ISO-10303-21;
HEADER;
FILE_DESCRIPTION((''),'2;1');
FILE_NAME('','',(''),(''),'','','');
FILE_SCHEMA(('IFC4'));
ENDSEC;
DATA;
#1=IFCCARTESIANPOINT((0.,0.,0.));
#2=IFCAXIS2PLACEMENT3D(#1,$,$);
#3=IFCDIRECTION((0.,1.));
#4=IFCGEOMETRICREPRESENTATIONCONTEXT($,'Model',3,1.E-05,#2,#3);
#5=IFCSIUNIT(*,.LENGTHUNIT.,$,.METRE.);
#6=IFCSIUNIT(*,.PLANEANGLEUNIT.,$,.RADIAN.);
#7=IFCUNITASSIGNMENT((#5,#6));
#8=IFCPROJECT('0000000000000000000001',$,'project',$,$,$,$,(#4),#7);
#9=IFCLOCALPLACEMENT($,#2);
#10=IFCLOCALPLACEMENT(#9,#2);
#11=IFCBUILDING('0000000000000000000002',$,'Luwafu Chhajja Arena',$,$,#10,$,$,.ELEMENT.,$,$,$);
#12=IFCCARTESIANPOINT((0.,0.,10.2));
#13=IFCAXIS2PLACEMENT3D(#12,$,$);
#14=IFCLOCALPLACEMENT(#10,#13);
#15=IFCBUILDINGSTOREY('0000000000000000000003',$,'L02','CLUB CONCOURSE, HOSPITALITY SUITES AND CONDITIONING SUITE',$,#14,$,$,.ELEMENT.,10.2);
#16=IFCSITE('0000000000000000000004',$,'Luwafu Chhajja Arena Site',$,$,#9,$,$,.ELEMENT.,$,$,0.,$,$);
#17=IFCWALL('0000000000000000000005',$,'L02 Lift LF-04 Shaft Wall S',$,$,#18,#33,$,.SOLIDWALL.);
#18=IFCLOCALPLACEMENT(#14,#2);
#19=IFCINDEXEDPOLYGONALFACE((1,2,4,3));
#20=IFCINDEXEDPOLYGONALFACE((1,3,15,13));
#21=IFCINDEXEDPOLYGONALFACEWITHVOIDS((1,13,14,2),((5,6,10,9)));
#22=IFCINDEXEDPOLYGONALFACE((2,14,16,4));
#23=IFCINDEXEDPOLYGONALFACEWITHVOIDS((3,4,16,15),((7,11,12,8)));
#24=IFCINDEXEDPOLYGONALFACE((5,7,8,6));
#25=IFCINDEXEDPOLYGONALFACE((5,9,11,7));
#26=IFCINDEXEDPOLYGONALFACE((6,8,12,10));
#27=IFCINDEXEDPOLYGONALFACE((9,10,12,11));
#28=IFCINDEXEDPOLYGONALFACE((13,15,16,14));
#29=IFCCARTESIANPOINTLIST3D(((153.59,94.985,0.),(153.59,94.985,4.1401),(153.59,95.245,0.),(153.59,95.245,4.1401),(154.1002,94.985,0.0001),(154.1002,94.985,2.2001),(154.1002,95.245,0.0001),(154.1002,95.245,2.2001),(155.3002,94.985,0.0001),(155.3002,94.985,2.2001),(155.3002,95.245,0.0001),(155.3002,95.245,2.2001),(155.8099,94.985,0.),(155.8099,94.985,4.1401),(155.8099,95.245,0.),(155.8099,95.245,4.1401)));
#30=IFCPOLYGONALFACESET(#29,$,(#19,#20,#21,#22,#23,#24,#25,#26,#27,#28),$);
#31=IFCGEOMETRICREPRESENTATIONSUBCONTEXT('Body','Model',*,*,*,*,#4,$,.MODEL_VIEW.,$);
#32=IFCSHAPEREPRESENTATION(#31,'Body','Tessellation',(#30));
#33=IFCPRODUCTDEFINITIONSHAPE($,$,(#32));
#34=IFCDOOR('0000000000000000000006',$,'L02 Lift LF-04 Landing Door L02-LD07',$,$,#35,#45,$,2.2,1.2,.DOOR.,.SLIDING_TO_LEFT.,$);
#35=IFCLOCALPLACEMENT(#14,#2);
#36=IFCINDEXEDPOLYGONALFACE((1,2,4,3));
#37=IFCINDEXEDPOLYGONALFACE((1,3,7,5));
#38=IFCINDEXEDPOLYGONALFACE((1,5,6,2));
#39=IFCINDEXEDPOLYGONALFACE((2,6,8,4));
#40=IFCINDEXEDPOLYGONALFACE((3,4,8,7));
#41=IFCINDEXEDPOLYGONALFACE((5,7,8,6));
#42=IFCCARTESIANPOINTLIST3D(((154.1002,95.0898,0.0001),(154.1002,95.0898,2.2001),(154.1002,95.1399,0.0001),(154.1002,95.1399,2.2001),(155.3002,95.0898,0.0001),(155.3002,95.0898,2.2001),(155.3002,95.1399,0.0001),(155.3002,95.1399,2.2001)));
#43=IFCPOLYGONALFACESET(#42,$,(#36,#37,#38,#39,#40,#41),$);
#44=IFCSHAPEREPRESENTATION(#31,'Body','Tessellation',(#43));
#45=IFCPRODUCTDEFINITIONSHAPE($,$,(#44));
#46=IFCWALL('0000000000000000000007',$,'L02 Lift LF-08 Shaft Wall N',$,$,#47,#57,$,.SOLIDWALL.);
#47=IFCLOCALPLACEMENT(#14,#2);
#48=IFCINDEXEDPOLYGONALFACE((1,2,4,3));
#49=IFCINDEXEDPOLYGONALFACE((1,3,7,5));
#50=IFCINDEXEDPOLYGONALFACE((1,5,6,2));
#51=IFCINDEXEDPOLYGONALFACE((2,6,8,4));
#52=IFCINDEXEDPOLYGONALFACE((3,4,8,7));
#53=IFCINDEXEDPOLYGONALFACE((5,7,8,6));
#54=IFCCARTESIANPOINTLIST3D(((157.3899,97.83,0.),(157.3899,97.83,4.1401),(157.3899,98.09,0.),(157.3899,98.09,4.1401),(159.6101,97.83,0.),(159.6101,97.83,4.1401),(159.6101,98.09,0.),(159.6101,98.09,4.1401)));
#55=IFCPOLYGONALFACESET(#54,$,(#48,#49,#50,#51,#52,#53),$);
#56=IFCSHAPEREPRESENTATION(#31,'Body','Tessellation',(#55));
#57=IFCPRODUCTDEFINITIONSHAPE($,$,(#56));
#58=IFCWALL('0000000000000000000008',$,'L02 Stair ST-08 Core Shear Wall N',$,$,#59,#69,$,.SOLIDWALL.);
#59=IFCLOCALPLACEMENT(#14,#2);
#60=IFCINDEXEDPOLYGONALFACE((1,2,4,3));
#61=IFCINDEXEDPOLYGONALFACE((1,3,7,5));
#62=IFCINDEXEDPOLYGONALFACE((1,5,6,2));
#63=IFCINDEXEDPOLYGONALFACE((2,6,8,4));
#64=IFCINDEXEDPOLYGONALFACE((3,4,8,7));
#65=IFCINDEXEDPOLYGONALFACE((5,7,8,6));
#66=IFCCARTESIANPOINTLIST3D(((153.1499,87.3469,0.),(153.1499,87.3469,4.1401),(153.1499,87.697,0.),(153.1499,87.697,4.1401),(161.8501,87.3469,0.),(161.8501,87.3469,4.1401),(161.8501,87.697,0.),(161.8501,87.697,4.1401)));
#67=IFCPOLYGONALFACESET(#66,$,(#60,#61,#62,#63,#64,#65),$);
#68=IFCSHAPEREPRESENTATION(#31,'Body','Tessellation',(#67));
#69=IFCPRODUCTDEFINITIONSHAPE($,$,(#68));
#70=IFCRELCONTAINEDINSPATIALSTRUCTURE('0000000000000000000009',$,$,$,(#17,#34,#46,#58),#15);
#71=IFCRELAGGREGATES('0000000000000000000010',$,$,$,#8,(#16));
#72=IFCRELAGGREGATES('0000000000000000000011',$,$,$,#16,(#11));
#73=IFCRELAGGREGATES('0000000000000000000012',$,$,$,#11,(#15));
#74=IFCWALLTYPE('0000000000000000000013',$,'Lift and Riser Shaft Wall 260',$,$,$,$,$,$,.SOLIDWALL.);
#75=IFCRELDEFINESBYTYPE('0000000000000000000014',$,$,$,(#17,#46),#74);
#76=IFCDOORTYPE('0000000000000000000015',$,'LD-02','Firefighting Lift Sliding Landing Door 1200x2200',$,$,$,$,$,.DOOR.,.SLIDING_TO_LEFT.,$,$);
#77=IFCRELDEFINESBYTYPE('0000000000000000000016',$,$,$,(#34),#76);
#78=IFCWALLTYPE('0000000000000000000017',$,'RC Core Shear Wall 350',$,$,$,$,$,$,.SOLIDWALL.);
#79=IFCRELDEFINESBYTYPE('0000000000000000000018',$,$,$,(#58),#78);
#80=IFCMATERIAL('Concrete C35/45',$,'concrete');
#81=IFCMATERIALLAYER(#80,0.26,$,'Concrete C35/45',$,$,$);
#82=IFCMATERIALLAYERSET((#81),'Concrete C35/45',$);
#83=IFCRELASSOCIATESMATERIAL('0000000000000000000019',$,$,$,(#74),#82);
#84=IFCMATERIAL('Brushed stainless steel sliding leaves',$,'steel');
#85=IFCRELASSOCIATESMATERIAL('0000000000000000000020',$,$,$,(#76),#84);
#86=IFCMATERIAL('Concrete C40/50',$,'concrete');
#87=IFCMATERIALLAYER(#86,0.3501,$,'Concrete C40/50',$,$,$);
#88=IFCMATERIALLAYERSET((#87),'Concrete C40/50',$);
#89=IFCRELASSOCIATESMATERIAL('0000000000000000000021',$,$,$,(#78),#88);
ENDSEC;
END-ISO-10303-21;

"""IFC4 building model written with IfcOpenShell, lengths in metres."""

from ifc_helpers import new_model, si_unit, direction, frame, frame_2d, origin, place, context, subcontext, project, spatial, rectangle, extrude, material, layer, layer_set, type_object, element, fill, save


model = new_model("IFC4")

# Units and contexts
model_context = context("Model", 3, precision=1e-05, world=origin(), true_north=direction((0.0, 1.0)))
body_context = subcontext(model_context, "Body", "Model", "MODEL_VIEW")
ifc_project = project(units=[si_unit("LENGTHUNIT", "METRE"), si_unit("PLANEANGLEUNIT", "RADIAN")], contexts=[model_context])

# Site, building, storey
site_placement = place(None, origin())
site = spatial("IfcSite", under=ifc_project, at=site_placement, Name="Luwafu Chhajja Arena Site", CompositionType="ELEMENT", RefElevation=0.0)
building_placement = place(site_placement, origin())
building = spatial("IfcBuilding", under=site, at=building_placement, Name="Luwafu Chhajja Arena", CompositionType="ELEMENT")
storey_placement = place(building_placement, frame((0.0, 0.0, 10.2)))
storey = spatial("IfcBuildingStorey", under=building, at=storey_placement, Name="L02", Description="CLUB CONCOURSE, HOSPITALITY SUITES AND CONDITIONING SUITE", CompositionType="ELEMENT", Elevation=10.2)

# Shared definitions
ifc_material_1 = material(Name="Concrete C35/45", Category="concrete")

# Shared definitions
ifc_material_2 = material(Name="Concrete C40/50", Category="concrete")

# Wall, opening, door
ifc_layer_1 = layer(ifc_material_1, 0.26, Name="Concrete C35/45")
ifc_layer_set_1 = layer_set([ifc_layer_1], Name="Concrete C35/45")
wall_type_1 = type_object("IfcWallType", Name="Lift and Riser Shaft Wall 260", PredefinedType="SOLIDWALL", material=ifc_layer_set_1)
wall_1_placement = place(storey_placement, frame((153.5901, 95.115, 0.0), z_axis=(0.0, 0.0, 1.0), x_axis=(1.0, 0.0, 0.0)))
wall_1 = element("IfcWall", 1, at=wall_1_placement, inside=storey, type_object=wall_type_1, Name="L02 Lift LF-04 Shaft Wall S", PredefinedType="SOLIDWALL", context=body_context, shape_type="SweptSolid", body=[
    extrude(rectangle(XDim=2.22, YDim=0.26, at=frame_2d((1.1099, 0.0))), origin(), (0.0, 0.0, 1.0), 4.1401),
])
opening_1_placement = place(wall_1_placement, frame((0.51, 0.0, 0.0)))
opening_1 = element("IfcOpeningElement", 2, at=opening_1_placement, cuts=wall_1, PredefinedType="OPENING", context=body_context, shape_type="SweptSolid", body=[
    extrude(rectangle(XDim=1.2, YDim=2.2, at=frame_2d((0.6001, 1.1001))), frame((0.0, 0.1399, 0.0), z_axis=(0.0, -1.0, 0.0), x_axis=(1.0, 0.0, 0.0)), (0.0, 0.0, 1.0), 0.28),
])
ifc_material_3 = material(Name="Brushed stainless steel sliding leaves", Category="steel")
door_type_1 = type_object("IfcDoorType", Name="LD-02", Description="Firefighting Lift Sliding Landing Door 1200x2200", OperationType="SLIDING_TO_LEFT", PredefinedType="DOOR", material=ifc_material_3)
door_1_placement = place(opening_1_placement, origin())
door_1 = element("IfcDoor", 3, at=door_1_placement, inside=storey, type_object=door_type_1, Name="L02 Lift LF-04 Landing Door L02-LD07", OperationType="SLIDING_TO_LEFT", OverallHeight=2.2, OverallWidth=1.2, PredefinedType="DOOR", context=body_context, shape_type="SweptSolid", body=[
    extrude(rectangle(XDim=1.2, YDim=2.2, at=frame_2d((0.6001, 1.1001))), frame((0.0, 0.0249, 0.0), z_axis=(0.0, -1.0, 0.0), x_axis=(1.0, 0.0, 0.0)), (0.0, 0.0, 1.0), 0.05),
])
fill(opening_1, door_1)

# Walls
wall_2_placement = place(storey_placement, frame((157.3899, 97.96, 0.0), z_axis=(0.0, 0.0, 1.0), x_axis=(1.0, 0.0, 0.0)))
element("IfcWall", 4, at=wall_2_placement, inside=storey, type_object=wall_type_1, Name="L02 Lift LF-08 Shaft Wall N", PredefinedType="SOLIDWALL", context=body_context, shape_type="SweptSolid", body=[
    extrude(rectangle(XDim=2.2202, YDim=0.26, at=frame_2d((1.1101, 0.0))), origin(), (0.0, 0.0, 1.0), 4.1401),
])
ifc_layer_2 = layer(ifc_material_2, 0.3501, Name="Concrete C40/50")
ifc_layer_set_2 = layer_set([ifc_layer_2], Name="Concrete C40/50")
wall_type_2 = type_object("IfcWallType", Name="RC Core Shear Wall 350", PredefinedType="SOLIDWALL", material=ifc_layer_set_2)
wall_3_placement = place(storey_placement, frame((153.1499, 87.522, 0.0), z_axis=(0.0, 0.0, 1.0), x_axis=(1.0, 0.0, 0.0)))
element("IfcWall", 5, at=wall_3_placement, inside=storey, type_object=wall_type_2, Name="L02 Stair ST-08 Core Shear Wall N", PredefinedType="SOLIDWALL", context=body_context, shape_type="SweptSolid", body=[
    extrude(rectangle(XDim=8.7002, YDim=0.3501, at=frame_2d((4.3501, 0.0))), origin(), (0.0, 0.0, 1.0), 4.1401),
])

save(model, "model.ifc")
